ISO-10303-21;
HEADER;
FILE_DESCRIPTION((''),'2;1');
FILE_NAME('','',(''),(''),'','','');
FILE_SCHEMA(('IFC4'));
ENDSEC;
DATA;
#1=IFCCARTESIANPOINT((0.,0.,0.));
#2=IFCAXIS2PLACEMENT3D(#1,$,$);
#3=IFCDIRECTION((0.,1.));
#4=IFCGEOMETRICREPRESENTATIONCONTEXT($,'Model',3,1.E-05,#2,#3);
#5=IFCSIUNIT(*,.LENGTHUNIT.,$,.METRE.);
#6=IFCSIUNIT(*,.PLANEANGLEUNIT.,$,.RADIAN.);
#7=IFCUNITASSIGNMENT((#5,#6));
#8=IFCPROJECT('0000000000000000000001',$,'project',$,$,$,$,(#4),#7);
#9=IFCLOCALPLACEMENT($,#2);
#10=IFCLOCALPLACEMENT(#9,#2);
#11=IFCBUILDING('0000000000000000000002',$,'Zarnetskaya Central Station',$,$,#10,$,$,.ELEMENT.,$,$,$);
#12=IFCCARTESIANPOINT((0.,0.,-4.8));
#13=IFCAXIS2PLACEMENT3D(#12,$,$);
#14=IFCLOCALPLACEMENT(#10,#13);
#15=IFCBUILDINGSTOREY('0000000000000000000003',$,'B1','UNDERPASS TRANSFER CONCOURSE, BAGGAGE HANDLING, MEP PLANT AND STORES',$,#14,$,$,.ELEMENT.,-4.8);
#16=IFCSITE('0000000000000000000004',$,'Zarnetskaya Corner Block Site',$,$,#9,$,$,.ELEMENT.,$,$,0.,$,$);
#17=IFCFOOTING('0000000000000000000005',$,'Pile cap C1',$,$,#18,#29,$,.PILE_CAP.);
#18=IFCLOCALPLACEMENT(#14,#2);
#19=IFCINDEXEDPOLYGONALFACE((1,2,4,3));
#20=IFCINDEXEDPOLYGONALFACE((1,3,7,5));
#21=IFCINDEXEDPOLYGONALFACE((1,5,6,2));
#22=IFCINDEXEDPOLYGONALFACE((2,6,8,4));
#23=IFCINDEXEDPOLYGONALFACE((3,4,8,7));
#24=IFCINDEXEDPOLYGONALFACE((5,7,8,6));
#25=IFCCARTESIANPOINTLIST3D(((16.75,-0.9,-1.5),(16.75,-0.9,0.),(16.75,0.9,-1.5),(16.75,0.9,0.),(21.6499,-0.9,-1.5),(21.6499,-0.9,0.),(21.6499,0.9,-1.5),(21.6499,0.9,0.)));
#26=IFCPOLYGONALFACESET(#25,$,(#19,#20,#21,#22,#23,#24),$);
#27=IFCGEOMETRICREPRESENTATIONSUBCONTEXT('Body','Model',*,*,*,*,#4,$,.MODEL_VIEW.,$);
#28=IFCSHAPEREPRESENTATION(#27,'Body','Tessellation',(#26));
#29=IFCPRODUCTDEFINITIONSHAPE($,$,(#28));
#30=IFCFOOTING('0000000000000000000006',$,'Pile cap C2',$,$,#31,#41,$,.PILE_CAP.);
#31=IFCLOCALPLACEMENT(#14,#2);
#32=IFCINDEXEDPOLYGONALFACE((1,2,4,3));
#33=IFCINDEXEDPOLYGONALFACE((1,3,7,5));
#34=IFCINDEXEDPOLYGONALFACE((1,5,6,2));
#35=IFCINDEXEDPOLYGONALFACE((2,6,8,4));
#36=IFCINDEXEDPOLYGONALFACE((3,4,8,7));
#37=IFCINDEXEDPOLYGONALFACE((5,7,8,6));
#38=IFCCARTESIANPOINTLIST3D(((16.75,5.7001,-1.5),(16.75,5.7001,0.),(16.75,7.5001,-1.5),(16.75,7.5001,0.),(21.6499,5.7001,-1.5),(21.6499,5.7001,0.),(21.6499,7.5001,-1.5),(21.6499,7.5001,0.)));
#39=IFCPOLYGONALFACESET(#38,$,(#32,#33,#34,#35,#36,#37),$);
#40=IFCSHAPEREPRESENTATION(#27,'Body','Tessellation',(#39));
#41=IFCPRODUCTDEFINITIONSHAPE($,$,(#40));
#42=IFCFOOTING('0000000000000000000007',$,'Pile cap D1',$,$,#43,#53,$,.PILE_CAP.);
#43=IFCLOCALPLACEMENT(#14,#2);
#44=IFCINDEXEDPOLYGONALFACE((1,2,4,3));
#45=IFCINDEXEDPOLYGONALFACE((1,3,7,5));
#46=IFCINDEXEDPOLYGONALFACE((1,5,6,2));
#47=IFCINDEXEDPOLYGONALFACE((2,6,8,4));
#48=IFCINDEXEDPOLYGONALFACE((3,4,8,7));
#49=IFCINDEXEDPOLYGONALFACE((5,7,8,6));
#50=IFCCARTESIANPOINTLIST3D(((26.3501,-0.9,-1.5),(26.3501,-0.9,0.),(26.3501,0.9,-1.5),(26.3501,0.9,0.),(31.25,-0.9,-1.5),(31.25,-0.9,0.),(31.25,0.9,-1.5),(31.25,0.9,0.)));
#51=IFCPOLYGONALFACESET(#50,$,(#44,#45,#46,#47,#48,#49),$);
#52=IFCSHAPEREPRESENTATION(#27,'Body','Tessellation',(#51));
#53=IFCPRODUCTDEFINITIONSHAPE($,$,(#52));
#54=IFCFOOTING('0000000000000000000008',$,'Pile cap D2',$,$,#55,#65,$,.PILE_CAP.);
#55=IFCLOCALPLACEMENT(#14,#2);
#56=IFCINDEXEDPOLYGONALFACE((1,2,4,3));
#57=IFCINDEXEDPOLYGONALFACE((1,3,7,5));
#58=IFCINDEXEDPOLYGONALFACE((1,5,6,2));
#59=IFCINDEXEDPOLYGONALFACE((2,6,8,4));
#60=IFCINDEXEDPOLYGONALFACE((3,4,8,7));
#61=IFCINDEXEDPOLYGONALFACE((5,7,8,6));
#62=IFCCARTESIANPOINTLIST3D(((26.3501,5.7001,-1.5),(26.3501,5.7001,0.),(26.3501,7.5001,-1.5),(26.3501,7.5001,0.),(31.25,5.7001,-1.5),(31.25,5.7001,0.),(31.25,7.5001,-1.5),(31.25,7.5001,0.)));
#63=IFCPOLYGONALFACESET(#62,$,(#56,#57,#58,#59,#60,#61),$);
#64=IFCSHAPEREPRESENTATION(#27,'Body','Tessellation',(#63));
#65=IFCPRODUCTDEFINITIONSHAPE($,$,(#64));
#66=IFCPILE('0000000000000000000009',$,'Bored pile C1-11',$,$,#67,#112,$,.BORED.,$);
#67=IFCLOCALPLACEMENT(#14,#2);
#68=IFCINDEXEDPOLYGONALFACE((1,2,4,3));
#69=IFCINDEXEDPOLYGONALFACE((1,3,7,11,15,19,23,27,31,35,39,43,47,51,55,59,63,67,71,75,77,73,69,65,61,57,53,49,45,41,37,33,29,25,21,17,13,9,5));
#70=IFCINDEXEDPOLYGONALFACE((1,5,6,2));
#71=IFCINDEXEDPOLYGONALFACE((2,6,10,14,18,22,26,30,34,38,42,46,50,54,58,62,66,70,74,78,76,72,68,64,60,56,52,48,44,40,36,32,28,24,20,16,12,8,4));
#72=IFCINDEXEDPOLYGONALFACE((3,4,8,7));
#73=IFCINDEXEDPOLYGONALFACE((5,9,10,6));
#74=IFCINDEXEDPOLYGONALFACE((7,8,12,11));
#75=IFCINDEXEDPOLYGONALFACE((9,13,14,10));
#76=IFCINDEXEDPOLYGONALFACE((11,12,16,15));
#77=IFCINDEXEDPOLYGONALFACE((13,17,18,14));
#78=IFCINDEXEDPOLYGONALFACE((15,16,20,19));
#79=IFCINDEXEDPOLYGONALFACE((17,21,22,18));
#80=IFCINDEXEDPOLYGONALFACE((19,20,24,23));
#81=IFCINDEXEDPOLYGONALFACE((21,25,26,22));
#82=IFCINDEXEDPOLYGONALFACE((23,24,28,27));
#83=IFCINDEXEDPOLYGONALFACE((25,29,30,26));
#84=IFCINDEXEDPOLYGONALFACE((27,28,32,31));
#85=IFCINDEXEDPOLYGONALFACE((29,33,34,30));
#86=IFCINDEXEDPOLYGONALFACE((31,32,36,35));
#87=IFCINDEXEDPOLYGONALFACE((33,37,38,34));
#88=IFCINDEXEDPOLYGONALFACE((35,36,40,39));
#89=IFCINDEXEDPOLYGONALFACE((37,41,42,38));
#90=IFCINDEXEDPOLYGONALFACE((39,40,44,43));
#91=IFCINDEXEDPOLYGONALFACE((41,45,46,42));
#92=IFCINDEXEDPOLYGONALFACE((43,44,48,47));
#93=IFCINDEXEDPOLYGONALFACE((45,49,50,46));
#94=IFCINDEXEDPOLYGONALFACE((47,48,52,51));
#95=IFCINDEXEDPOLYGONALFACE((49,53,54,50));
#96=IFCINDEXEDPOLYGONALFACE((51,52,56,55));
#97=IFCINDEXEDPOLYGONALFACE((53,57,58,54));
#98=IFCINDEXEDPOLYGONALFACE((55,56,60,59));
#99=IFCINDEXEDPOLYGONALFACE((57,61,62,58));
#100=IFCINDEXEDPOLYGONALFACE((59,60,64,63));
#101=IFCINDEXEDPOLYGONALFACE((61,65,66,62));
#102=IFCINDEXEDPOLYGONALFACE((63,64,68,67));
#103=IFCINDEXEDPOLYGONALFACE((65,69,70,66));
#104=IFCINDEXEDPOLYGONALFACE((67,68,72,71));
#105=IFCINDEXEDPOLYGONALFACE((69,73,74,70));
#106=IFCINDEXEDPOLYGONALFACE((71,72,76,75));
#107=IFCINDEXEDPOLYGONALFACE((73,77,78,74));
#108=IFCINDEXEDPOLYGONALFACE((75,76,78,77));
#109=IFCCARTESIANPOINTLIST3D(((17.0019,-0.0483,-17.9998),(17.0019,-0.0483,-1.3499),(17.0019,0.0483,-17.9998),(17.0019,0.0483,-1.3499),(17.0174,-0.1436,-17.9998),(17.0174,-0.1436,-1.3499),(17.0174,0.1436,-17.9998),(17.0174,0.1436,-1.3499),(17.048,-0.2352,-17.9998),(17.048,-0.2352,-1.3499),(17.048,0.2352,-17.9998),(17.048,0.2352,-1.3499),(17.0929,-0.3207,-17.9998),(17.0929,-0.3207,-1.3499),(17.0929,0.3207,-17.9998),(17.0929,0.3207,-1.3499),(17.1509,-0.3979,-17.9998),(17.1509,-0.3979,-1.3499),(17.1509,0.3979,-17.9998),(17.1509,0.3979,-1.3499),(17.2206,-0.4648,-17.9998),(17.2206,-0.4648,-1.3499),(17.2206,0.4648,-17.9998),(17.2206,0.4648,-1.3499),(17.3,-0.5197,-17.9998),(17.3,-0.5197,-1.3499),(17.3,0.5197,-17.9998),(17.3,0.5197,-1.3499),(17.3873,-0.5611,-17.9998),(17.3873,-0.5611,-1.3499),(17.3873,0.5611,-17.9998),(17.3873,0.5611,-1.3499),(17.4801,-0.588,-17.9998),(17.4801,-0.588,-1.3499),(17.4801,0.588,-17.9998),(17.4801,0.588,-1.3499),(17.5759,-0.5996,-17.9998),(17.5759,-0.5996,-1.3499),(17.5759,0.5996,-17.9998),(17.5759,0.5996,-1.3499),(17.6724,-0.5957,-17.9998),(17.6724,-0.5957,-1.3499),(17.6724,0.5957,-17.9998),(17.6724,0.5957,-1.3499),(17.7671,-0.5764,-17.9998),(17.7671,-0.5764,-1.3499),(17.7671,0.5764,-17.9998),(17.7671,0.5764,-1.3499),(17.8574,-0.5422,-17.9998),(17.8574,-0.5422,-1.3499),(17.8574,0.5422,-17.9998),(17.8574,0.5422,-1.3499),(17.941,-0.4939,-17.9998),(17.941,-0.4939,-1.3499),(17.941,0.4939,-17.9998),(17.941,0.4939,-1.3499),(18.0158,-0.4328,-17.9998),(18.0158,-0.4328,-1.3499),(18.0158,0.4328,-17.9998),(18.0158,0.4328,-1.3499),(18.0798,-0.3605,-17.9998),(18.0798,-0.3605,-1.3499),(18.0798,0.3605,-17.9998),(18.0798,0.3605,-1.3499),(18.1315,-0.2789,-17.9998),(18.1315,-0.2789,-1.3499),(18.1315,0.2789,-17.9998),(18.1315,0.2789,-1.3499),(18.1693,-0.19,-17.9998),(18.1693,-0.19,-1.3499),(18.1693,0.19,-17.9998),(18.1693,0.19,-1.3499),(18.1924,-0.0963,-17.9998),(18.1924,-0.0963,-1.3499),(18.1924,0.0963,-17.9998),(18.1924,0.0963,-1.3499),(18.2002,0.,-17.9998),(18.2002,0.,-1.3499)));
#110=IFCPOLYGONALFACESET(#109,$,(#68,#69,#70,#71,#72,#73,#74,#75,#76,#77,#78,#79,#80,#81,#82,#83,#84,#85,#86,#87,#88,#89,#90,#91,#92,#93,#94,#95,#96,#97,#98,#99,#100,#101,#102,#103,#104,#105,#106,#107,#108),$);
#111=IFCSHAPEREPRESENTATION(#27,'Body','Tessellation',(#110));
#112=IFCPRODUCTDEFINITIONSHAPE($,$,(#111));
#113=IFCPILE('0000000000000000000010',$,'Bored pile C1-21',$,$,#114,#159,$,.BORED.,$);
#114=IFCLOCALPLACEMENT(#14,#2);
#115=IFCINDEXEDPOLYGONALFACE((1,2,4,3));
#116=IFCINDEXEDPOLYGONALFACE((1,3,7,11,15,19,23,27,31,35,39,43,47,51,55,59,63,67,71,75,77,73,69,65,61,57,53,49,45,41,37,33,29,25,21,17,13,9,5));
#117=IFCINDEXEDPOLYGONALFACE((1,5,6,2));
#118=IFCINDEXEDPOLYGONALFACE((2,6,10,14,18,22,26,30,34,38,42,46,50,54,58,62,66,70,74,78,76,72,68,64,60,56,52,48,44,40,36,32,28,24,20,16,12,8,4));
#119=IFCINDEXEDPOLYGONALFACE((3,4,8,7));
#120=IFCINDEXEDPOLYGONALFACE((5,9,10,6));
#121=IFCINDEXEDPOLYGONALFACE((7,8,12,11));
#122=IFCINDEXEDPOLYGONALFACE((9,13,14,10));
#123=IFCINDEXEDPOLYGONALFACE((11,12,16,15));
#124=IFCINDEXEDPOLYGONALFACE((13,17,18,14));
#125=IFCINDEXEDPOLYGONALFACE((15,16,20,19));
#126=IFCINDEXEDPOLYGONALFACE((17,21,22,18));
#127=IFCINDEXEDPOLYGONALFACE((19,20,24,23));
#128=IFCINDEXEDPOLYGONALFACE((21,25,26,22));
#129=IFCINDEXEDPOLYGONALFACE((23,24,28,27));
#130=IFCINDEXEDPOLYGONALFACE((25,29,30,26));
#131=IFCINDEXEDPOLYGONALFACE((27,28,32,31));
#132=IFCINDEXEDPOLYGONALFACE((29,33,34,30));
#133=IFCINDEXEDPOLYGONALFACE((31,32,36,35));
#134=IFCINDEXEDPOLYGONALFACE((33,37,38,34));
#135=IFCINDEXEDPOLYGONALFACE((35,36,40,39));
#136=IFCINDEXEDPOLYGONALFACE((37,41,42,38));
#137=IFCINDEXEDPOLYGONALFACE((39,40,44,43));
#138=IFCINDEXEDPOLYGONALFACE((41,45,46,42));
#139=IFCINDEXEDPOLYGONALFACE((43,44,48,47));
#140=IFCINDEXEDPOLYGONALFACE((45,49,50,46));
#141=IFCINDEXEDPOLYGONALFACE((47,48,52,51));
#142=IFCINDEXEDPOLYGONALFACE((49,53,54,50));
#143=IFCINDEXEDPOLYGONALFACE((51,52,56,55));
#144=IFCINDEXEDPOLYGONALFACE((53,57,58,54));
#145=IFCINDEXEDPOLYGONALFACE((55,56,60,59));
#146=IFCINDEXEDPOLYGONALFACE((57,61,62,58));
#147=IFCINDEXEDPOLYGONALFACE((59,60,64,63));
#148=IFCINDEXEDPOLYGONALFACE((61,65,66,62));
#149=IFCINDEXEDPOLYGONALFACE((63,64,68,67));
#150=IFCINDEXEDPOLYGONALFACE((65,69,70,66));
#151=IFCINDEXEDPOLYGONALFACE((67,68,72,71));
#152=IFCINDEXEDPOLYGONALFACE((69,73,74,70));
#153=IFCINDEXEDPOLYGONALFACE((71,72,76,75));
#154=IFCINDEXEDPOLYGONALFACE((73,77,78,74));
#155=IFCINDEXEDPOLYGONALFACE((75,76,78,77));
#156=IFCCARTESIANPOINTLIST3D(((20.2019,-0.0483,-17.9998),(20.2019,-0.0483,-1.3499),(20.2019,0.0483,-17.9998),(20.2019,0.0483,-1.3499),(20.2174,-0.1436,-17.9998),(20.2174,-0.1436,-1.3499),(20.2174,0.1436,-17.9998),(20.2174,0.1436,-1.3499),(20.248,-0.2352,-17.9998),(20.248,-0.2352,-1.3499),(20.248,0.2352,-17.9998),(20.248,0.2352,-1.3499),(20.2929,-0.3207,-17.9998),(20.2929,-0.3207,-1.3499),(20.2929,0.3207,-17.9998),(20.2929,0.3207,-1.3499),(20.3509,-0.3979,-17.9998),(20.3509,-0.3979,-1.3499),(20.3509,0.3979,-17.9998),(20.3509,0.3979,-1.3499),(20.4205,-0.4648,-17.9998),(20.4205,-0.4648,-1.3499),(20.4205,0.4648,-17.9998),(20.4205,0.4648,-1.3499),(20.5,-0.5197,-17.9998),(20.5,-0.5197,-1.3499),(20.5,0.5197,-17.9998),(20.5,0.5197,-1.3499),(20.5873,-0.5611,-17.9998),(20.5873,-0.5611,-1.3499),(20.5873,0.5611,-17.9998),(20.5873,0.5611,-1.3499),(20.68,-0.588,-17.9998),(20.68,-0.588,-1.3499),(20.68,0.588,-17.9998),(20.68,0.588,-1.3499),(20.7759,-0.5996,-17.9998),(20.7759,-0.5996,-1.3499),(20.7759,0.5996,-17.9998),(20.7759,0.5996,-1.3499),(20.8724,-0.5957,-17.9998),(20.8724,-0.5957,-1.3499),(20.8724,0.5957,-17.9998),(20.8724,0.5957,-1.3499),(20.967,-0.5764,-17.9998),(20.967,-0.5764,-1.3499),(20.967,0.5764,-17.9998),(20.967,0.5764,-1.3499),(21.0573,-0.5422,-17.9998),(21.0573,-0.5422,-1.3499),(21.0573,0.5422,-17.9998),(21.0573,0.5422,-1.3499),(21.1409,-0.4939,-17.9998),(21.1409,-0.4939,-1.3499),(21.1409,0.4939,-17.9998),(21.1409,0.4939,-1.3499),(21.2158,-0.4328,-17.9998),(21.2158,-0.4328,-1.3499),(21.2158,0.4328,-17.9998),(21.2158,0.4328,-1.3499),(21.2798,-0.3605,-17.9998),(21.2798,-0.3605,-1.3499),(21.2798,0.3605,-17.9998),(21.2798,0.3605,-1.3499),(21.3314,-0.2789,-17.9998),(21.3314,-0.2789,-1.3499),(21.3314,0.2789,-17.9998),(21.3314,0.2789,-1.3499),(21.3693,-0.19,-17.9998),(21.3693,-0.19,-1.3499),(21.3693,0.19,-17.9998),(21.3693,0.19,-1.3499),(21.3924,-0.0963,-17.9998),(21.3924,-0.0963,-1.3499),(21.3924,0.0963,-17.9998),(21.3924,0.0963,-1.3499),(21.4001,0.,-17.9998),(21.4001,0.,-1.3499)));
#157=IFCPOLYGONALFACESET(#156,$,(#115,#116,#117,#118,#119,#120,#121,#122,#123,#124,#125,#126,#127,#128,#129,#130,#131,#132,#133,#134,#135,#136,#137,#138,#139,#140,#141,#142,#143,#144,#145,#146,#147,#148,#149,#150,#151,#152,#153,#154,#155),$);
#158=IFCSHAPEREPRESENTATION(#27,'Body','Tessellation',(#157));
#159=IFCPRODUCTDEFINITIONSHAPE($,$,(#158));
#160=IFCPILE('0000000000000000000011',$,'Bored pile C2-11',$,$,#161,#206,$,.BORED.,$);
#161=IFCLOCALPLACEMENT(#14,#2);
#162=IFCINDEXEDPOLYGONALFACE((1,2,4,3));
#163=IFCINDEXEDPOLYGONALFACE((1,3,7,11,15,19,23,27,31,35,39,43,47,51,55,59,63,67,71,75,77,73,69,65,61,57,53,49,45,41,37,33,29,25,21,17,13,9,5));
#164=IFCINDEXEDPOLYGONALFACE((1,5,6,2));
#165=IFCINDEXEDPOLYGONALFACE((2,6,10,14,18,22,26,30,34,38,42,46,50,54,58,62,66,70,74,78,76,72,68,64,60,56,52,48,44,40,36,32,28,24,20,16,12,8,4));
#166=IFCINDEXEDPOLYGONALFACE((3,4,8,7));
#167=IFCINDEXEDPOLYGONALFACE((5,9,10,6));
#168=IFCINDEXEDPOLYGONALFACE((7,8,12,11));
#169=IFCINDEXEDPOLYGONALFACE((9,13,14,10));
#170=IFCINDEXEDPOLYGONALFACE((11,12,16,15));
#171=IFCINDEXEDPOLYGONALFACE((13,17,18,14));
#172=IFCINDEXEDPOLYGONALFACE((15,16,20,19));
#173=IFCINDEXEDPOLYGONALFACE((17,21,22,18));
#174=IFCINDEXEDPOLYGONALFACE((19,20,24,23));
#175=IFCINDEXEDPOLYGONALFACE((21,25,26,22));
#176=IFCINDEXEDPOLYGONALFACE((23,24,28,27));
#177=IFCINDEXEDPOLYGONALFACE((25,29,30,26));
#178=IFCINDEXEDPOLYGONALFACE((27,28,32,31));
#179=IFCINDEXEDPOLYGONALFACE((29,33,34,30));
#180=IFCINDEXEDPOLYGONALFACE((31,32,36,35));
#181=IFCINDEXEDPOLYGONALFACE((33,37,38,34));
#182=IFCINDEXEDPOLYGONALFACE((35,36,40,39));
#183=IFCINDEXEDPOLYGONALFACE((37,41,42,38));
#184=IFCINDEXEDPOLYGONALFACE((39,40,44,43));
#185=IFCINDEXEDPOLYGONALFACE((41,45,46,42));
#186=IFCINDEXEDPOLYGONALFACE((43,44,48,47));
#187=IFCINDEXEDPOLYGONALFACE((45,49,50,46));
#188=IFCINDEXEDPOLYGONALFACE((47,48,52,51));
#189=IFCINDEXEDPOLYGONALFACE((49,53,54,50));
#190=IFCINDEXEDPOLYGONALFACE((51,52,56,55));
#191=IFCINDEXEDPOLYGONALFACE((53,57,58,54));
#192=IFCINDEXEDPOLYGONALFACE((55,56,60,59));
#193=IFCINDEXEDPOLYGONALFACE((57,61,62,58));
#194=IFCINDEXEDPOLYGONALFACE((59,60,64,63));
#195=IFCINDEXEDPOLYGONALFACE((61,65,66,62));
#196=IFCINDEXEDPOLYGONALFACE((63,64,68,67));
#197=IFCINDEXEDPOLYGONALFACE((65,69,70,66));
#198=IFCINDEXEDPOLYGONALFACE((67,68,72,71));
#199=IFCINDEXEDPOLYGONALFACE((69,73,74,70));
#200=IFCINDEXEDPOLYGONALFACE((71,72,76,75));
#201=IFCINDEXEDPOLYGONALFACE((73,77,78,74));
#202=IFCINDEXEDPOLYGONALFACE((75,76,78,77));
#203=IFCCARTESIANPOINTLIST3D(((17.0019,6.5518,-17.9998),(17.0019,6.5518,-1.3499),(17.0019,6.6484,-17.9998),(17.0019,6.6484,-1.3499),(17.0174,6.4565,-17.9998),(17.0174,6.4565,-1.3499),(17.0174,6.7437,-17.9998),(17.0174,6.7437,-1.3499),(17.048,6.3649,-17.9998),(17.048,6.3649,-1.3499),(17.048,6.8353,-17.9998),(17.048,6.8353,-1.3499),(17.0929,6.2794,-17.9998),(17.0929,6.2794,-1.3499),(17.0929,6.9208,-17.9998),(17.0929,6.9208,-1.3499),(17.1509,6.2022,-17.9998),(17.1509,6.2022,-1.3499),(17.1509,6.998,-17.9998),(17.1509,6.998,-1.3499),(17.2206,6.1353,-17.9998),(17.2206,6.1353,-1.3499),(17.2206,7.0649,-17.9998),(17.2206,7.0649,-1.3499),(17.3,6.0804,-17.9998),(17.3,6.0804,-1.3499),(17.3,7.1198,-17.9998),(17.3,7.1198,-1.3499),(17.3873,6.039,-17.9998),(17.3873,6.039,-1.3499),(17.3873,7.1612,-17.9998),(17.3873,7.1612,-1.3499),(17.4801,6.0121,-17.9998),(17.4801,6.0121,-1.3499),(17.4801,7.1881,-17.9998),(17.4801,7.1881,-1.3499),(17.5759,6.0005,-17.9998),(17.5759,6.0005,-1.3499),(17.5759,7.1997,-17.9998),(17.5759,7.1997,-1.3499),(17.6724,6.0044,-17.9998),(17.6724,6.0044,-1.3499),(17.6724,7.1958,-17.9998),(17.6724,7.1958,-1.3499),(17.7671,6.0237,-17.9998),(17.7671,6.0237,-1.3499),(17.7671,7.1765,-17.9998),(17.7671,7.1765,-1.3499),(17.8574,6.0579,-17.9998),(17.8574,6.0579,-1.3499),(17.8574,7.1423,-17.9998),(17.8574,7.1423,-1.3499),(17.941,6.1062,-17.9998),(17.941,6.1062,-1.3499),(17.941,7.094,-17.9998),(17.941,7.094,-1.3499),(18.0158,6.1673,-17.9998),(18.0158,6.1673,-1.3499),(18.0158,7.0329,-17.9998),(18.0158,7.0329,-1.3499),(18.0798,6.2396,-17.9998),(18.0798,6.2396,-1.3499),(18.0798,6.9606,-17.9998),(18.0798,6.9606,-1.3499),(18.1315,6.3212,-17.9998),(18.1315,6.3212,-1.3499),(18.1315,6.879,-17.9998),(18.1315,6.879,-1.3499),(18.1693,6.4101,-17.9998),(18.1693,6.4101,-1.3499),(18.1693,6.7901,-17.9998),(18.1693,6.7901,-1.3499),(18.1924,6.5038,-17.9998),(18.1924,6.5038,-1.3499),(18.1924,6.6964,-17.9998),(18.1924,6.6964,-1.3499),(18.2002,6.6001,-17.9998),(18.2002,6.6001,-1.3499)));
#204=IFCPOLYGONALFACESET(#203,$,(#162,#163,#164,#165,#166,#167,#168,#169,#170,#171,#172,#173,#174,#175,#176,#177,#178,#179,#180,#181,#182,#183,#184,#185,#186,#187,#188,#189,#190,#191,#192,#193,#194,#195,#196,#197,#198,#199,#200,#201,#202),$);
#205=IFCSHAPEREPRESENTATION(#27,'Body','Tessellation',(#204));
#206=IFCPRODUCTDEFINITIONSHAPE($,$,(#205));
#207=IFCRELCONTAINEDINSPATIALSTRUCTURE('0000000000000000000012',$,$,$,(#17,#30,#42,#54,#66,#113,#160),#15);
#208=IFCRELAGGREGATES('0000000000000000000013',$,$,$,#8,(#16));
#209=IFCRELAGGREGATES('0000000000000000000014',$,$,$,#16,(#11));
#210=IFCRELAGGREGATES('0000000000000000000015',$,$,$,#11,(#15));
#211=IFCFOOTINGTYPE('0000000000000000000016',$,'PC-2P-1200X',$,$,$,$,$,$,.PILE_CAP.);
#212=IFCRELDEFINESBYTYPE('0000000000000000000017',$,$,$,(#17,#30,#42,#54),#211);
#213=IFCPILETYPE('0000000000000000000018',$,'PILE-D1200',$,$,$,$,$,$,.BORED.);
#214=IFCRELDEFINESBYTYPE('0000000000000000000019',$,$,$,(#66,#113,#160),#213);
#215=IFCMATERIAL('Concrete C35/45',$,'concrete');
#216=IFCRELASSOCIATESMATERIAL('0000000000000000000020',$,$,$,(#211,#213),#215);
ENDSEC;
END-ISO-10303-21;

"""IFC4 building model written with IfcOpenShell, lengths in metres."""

from ifc_helpers import new_model, si_unit, direction, frame, origin, origin_2d, place, context, subcontext, project, spatial, rectangle, circle, extrude, material, material_profile, profile_set, type_object, element, save


model = new_model("IFC4")

# Units and contexts
model_context = context("Model", 3, precision=1e-05, world=origin(), true_north=direction((0.0, 1.0)))
body_context = subcontext(model_context, "Body", "Model", "MODEL_VIEW")
ifc_project = project(units=[si_unit("LENGTHUNIT", "METRE"), si_unit("PLANEANGLEUNIT", "RADIAN")], contexts=[model_context])

# Site, building, storey
site_placement = place(None, origin())
site = spatial("IfcSite", under=ifc_project, at=site_placement, Name="Zarnetskaya Corner Block Site", CompositionType="ELEMENT", RefElevation=0.0)
building_placement = place(site_placement, origin())
building = spatial("IfcBuilding", under=site, at=building_placement, Name="Zarnetskaya Central Station", CompositionType="ELEMENT")
storey_placement = place(building_placement, frame((0.0, 0.0, -4.8)))
storey = spatial("IfcBuildingStorey", under=building, at=storey_placement, Name="B1", Description="UNDERPASS TRANSFER CONCOURSE, BAGGAGE HANDLING, MEP PLANT AND STORES", CompositionType="ELEMENT", Elevation=-4.8)

# Footings
ifc_material_1 = material(Name="Concrete C35/45", Category="concrete")
footing_type = type_object("IfcFootingType", Name="PC-2P-1200X", PredefinedType="PILE_CAP", material=ifc_material_1)
for number, where, z_axis, x_axis, name in (
    (1, (19.2, 0.0, -1.5), (0.0, 0.0, 1.0), (1.0, 0.0, 0.0), "Pile cap C1"),
    (2, (19.2, 6.6001, -1.5), (0.0, 0.0, 1.0), (1.0, 0.0, 0.0), "Pile cap C2"),
    (3, (28.8, 0.0, -1.5), (0.0, 0.0, 1.0), (1.0, 0.0, 0.0), "Pile cap D1"),
    (4, (28.8, 6.6001, -1.5), (0.0, 0.0, 1.0), (1.0, 0.0, 0.0), "Pile cap D2"),
):
    element("IfcFooting", number, at=place(storey_placement, frame(where, z_axis=z_axis, x_axis=x_axis)), inside=storey, type_object=footing_type, Name=name, PredefinedType="PILE_CAP", context=body_context, shape_type="SweptSolid", body=[
        extrude(rectangle(XDim=4.8999, YDim=1.8, at=origin_2d()), origin(), (0.0, 0.0, 1.0), 1.5),
    ])

# Piles
ifc_material_profile_1 = material_profile(ifc_material_1, circle(Radius=0.6001, at=origin_2d()), Name="BORED PILE D1200")
ifc_profile_set_1 = profile_set([ifc_material_profile_1], Name="Concrete C35/45")
pile_type = type_object("IfcPileType", Name="PILE-D1200", PredefinedType="BORED", material=ifc_profile_set_1)
for number, where, z_axis, x_axis, name in (
    (5, (17.6001, 0.0, -1.3499), (0.0, 0.0, -1.0), (1.0, 0.0, 0.0), "Bored pile C1-11"),
    (6, (20.8, 0.0, -1.3499), (0.0, 0.0, -1.0), (1.0, 0.0, 0.0), "Bored pile C1-21"),
    (7, (17.6001, 6.6001, -1.3499), (0.0, 0.0, -1.0), (1.0, 0.0, 0.0), "Bored pile C2-11"),
):
    element("IfcPile", number, at=place(storey_placement, frame(where, z_axis=z_axis, x_axis=x_axis)), inside=storey, type_object=pile_type, Name=name, PredefinedType="BORED", context=body_context, shape_type="SweptSolid", body=[
        extrude(circle(Radius=0.6001, at=origin_2d()), origin(), (0.0, 0.0, 1.0), 16.6499),
    ])

save(model, "model.ifc")
